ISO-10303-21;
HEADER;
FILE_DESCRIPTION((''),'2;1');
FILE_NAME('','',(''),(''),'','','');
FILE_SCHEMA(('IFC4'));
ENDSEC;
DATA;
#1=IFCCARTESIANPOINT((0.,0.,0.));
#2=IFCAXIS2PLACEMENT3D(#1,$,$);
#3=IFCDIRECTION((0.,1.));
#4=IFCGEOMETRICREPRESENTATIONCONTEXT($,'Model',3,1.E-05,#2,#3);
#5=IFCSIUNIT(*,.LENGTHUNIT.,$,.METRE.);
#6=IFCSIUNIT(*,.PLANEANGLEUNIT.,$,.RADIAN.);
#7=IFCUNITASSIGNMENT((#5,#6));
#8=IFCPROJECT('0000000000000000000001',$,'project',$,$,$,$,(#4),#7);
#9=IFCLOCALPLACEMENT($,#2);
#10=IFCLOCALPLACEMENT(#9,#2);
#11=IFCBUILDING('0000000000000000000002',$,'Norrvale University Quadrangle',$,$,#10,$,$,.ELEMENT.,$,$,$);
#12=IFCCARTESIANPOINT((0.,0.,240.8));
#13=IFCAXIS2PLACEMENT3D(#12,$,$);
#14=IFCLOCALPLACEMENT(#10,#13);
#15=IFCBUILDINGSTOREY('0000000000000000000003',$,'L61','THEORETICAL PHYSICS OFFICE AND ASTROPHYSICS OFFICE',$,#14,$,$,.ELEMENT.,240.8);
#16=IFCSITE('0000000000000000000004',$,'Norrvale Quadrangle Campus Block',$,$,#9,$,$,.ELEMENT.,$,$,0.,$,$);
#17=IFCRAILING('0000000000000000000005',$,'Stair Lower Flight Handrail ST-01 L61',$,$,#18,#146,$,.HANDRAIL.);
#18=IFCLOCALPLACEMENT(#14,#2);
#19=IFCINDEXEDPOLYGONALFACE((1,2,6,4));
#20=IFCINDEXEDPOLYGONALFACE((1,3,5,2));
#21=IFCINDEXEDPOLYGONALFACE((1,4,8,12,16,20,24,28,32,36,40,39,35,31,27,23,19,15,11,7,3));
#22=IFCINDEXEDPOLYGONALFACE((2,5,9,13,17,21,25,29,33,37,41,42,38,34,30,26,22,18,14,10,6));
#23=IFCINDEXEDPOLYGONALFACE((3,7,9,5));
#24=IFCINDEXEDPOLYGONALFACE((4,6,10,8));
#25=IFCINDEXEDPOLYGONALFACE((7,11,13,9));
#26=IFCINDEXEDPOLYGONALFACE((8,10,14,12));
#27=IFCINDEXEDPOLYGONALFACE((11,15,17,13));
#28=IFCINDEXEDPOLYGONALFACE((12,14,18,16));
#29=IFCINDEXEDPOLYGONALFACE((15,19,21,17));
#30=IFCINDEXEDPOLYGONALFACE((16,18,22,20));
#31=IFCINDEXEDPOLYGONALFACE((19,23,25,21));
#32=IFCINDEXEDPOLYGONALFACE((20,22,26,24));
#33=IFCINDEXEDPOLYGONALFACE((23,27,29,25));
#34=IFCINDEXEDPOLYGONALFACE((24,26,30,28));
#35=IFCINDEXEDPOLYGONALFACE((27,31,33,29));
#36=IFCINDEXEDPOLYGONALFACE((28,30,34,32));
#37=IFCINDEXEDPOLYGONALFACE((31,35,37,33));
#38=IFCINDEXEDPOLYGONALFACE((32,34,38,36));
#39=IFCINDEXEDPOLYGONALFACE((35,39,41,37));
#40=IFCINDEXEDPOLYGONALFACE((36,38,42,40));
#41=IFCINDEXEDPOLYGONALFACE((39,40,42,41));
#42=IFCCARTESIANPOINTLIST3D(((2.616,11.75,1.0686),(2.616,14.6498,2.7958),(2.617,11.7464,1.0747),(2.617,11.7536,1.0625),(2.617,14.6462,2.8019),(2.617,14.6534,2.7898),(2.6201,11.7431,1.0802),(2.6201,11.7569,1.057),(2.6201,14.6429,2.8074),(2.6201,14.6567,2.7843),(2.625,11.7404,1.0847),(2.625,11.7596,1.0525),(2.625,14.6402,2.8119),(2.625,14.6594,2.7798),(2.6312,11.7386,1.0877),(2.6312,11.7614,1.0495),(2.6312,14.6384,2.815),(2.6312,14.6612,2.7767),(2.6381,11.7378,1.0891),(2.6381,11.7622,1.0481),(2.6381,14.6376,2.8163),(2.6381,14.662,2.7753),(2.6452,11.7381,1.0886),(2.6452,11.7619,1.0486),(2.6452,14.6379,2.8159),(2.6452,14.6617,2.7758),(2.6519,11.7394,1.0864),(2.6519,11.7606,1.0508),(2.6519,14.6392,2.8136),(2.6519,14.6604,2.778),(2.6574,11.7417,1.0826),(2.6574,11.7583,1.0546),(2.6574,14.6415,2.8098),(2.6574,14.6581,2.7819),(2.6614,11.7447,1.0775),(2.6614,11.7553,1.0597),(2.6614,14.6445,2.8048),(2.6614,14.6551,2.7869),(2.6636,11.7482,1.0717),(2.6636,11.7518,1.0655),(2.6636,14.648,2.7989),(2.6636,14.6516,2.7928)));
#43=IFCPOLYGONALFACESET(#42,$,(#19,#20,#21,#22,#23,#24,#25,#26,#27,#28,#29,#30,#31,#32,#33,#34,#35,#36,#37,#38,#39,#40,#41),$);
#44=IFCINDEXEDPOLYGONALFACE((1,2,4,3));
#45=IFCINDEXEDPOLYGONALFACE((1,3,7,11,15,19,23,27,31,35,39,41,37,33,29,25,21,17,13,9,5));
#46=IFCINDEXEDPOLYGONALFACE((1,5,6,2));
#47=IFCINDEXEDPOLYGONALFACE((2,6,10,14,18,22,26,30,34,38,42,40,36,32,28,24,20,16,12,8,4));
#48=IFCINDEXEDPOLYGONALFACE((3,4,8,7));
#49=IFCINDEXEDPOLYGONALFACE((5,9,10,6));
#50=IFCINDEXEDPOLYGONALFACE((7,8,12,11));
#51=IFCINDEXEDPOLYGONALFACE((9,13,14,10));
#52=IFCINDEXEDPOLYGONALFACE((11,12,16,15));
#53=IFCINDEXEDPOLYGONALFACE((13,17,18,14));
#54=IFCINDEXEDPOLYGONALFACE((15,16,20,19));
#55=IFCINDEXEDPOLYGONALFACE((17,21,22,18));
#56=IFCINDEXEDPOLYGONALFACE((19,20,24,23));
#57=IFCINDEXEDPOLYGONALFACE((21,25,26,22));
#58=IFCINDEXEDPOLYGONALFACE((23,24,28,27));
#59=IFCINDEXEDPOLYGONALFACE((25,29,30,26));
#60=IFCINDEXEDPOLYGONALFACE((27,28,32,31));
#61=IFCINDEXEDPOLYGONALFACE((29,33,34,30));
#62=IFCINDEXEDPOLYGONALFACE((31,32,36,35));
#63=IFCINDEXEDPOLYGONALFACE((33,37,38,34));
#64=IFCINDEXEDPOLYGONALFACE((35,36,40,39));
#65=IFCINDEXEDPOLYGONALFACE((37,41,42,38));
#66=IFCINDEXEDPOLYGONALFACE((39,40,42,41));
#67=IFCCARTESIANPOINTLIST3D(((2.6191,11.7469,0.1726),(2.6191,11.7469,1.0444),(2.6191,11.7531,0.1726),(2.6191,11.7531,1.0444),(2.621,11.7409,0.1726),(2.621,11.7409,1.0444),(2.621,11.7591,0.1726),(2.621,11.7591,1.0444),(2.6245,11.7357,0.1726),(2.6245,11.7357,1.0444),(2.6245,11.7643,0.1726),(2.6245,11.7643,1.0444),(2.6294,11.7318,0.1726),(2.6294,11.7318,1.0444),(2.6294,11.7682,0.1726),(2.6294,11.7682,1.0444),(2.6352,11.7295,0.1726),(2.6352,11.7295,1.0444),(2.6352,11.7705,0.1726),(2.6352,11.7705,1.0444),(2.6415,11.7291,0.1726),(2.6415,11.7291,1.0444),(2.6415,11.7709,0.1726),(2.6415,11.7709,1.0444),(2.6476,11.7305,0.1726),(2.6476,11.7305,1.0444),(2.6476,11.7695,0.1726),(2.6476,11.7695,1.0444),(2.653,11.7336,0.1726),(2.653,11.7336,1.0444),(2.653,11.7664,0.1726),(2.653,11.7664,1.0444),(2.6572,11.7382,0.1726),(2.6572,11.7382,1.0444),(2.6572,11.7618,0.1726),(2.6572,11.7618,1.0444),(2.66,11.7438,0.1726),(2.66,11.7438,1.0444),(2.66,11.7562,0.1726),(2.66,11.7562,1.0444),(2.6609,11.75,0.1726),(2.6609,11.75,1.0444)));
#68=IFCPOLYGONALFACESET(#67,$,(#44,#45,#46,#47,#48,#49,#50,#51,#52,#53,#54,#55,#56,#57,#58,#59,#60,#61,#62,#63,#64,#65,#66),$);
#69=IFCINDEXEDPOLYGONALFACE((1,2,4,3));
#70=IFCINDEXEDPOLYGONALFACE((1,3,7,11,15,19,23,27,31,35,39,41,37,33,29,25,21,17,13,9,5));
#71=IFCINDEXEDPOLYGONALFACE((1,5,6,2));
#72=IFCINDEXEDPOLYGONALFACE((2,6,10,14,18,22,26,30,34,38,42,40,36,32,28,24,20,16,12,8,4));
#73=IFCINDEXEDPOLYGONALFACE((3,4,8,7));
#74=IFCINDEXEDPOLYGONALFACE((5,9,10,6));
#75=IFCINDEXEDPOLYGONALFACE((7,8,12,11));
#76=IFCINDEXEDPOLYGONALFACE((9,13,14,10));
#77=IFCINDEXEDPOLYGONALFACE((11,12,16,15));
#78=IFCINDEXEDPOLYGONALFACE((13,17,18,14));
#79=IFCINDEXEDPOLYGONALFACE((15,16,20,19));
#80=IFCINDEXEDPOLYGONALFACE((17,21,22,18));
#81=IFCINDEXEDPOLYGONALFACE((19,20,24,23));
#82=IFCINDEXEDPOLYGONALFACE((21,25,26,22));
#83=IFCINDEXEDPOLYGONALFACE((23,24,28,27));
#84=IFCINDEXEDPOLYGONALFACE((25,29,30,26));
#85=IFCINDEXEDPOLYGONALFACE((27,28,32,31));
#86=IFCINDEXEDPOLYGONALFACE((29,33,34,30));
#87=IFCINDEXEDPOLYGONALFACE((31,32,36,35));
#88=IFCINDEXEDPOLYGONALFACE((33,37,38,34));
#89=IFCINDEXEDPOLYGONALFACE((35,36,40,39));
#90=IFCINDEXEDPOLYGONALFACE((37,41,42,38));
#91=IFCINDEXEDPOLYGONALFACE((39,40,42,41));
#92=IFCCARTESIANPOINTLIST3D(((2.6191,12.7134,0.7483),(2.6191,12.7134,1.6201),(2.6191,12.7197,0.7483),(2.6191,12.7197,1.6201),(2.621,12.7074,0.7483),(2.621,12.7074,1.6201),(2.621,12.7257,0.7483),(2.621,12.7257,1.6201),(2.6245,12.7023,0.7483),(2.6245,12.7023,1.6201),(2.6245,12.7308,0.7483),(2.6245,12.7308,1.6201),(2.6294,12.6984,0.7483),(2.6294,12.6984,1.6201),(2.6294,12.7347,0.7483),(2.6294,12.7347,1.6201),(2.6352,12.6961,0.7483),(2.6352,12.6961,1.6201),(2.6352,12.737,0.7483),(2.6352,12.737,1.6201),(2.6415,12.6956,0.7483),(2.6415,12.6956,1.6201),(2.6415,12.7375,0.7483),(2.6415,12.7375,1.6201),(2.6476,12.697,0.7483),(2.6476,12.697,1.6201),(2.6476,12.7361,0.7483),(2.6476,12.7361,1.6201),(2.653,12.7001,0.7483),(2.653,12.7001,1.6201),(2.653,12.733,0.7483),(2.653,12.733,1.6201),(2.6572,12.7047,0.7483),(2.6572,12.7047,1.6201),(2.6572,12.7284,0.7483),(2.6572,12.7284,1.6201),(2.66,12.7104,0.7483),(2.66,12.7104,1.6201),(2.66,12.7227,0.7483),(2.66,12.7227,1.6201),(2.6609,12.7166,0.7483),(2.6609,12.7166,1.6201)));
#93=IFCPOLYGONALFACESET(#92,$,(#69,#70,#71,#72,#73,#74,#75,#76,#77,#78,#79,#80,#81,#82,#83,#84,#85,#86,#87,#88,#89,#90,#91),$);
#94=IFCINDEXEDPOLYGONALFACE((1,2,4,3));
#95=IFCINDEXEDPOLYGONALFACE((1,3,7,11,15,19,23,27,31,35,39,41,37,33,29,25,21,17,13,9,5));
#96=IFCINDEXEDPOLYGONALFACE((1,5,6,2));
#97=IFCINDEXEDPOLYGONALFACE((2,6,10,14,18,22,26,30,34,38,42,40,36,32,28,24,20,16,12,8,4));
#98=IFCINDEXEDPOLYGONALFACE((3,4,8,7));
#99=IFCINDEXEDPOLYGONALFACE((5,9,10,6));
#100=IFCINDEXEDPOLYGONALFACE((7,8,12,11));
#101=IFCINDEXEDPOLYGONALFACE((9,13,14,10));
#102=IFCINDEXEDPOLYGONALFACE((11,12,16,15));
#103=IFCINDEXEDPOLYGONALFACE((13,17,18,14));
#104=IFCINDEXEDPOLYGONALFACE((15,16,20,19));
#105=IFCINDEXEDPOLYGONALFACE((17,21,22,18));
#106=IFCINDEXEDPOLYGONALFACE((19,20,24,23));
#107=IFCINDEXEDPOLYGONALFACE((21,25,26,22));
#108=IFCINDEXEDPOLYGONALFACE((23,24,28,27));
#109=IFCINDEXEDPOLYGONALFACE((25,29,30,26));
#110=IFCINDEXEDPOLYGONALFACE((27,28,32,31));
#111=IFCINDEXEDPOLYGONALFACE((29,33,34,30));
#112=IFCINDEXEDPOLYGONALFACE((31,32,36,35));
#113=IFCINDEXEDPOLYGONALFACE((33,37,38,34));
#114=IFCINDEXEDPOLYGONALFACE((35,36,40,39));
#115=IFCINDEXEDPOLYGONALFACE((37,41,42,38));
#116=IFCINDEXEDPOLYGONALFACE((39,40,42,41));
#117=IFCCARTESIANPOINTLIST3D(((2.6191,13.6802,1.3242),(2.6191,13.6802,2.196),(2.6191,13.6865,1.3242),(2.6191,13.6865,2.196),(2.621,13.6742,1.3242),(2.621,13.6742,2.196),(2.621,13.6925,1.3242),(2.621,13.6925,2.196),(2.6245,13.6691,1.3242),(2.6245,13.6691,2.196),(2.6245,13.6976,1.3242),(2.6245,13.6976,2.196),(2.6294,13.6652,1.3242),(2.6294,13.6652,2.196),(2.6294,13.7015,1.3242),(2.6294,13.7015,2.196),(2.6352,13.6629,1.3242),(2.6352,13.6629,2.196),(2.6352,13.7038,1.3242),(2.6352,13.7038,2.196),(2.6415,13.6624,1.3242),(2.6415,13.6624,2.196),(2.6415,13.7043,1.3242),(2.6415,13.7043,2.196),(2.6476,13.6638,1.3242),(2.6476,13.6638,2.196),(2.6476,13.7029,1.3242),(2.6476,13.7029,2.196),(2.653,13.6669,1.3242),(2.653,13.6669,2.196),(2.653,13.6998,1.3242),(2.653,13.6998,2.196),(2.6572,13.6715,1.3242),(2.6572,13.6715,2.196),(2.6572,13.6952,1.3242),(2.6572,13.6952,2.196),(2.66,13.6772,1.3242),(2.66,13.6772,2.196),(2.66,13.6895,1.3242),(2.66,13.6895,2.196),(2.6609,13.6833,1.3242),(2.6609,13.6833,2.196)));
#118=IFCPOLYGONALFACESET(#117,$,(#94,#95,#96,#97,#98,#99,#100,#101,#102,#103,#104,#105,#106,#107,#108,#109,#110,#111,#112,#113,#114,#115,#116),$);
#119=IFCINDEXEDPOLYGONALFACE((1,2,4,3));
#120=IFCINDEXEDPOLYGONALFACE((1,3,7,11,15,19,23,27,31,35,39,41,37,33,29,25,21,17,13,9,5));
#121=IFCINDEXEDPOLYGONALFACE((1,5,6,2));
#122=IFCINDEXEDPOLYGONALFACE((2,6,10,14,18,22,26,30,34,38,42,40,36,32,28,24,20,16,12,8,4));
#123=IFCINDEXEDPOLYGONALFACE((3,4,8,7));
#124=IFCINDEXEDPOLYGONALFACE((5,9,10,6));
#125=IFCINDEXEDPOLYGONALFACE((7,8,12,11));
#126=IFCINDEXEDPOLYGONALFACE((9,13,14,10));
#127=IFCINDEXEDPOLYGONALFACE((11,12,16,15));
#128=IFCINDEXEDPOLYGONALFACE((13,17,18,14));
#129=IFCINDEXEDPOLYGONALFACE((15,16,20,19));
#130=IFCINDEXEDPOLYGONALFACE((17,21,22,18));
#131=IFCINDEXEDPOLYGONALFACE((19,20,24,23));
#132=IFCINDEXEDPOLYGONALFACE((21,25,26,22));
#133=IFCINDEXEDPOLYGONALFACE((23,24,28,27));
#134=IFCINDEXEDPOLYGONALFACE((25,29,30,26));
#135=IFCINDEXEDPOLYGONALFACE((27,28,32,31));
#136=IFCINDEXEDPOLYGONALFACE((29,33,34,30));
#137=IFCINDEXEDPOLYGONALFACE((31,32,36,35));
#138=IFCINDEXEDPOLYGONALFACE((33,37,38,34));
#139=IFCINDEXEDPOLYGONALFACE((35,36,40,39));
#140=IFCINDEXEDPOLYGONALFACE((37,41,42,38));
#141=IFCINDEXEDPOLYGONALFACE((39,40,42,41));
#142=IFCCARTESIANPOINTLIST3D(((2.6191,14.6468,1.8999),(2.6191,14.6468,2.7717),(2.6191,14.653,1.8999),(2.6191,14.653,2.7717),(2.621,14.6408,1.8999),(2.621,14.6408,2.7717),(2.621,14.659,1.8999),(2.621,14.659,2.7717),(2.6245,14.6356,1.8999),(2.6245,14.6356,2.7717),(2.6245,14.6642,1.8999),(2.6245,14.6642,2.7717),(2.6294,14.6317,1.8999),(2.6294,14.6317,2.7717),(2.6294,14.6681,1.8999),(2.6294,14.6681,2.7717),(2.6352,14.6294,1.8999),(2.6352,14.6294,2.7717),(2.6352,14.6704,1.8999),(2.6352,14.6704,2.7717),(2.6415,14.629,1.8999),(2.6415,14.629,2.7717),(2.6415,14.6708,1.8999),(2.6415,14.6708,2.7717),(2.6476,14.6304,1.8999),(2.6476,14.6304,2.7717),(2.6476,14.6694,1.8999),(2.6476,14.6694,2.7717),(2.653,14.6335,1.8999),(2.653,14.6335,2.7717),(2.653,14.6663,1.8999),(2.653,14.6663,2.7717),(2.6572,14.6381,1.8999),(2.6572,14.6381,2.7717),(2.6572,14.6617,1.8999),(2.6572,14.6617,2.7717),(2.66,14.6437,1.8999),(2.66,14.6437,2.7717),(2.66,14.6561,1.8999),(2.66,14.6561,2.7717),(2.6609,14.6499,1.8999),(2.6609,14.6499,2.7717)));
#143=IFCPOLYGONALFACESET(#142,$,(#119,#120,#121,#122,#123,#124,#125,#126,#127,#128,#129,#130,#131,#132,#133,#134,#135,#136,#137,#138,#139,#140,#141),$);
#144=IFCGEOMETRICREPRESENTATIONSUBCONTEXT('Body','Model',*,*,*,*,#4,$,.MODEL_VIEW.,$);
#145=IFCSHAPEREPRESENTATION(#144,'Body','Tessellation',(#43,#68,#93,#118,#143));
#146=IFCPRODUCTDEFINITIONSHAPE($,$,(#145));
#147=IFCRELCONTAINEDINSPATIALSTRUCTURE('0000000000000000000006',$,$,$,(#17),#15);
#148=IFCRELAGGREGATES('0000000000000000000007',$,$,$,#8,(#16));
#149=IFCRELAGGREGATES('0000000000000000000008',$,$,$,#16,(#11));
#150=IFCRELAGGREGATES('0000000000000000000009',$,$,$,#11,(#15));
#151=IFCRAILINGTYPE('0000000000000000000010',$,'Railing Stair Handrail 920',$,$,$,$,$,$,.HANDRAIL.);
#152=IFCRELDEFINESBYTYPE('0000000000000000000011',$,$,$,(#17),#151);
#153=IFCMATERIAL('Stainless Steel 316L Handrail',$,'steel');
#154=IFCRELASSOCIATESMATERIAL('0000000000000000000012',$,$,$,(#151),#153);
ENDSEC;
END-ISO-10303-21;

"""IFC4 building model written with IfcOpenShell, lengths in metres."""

from ifc_helpers import new_model, si_unit, direction, frame, origin, origin_2d, place, context, subcontext, project, spatial, circle, extrude, material, type_object, element, save


model = new_model("IFC4")

# Units and contexts
model_context = context("Model", 3, precision=1e-05, world=origin(), true_north=direction((0.0, 1.0)))
body_context = subcontext(model_context, "Body", "Model", "MODEL_VIEW")
ifc_project = project(units=[si_unit("LENGTHUNIT", "METRE"), si_unit("PLANEANGLEUNIT", "RADIAN")], contexts=[model_context])

# Site, building, storey
site_placement = place(None, origin())
site = spatial("IfcSite", under=ifc_project, at=site_placement, Name="Norrvale Quadrangle Campus Block", CompositionType="ELEMENT", RefElevation=0.0)
building_placement = place(site_placement, origin())
building = spatial("IfcBuilding", under=site, at=building_placement, Name="Norrvale University Quadrangle", CompositionType="ELEMENT")
storey_placement = place(building_placement, frame((0.0, 0.0, 240.8)))
storey = spatial("IfcBuildingStorey", under=building, at=storey_placement, Name="L61", Description="THEORETICAL PHYSICS OFFICE AND ASTROPHYSICS OFFICE", CompositionType="ELEMENT", Elevation=240.8)

# Railing
ifc_material_1 = material(Name="Stainless Steel 316L Handrail", Category="steel")
railing_type_1 = type_object("IfcRailingType", Name="Railing Stair Handrail 920", PredefinedType="HANDRAIL", material=ifc_material_1)
railing_1_placement = place(storey_placement, frame((2.6399, 11.75, 0.1726)))
element("IfcRailing", 1, at=railing_1_placement, inside=storey, type_object=railing_type_1, Name="Stair Lower Flight Handrail ST-01 L61", PredefinedType="HANDRAIL", context=body_context, shape_type="SweptSolid", body=[
    extrude(circle(Radius=0.0239, at=origin_2d()), frame((0.0, 0.0, 0.896), z_axis=(0.0, 0.859141, 0.511738), x_axis=(-1.0, 0.0, 0.0)), (0.0, 0.0, 1.0), 3.3752),
    extrude(circle(Radius=0.021, at=origin_2d()), origin(), (0.0, 0.0, 1.0), 0.8718),
    extrude(circle(Radius=0.021, at=origin_2d()), frame((0.0, 0.9666, 0.5757)), (0.0, 0.0, 1.0), 0.8718),
    extrude(circle(Radius=0.021, at=origin_2d()), frame((0.0, 1.9333, 1.1516)), (0.0, 0.0, 1.0), 0.8718),
    extrude(circle(Radius=0.021, at=origin_2d()), frame((0.0, 2.8999, 1.7273)), (0.0, 0.0, 1.0), 0.8718),
])

save(model, "model.ifc")
